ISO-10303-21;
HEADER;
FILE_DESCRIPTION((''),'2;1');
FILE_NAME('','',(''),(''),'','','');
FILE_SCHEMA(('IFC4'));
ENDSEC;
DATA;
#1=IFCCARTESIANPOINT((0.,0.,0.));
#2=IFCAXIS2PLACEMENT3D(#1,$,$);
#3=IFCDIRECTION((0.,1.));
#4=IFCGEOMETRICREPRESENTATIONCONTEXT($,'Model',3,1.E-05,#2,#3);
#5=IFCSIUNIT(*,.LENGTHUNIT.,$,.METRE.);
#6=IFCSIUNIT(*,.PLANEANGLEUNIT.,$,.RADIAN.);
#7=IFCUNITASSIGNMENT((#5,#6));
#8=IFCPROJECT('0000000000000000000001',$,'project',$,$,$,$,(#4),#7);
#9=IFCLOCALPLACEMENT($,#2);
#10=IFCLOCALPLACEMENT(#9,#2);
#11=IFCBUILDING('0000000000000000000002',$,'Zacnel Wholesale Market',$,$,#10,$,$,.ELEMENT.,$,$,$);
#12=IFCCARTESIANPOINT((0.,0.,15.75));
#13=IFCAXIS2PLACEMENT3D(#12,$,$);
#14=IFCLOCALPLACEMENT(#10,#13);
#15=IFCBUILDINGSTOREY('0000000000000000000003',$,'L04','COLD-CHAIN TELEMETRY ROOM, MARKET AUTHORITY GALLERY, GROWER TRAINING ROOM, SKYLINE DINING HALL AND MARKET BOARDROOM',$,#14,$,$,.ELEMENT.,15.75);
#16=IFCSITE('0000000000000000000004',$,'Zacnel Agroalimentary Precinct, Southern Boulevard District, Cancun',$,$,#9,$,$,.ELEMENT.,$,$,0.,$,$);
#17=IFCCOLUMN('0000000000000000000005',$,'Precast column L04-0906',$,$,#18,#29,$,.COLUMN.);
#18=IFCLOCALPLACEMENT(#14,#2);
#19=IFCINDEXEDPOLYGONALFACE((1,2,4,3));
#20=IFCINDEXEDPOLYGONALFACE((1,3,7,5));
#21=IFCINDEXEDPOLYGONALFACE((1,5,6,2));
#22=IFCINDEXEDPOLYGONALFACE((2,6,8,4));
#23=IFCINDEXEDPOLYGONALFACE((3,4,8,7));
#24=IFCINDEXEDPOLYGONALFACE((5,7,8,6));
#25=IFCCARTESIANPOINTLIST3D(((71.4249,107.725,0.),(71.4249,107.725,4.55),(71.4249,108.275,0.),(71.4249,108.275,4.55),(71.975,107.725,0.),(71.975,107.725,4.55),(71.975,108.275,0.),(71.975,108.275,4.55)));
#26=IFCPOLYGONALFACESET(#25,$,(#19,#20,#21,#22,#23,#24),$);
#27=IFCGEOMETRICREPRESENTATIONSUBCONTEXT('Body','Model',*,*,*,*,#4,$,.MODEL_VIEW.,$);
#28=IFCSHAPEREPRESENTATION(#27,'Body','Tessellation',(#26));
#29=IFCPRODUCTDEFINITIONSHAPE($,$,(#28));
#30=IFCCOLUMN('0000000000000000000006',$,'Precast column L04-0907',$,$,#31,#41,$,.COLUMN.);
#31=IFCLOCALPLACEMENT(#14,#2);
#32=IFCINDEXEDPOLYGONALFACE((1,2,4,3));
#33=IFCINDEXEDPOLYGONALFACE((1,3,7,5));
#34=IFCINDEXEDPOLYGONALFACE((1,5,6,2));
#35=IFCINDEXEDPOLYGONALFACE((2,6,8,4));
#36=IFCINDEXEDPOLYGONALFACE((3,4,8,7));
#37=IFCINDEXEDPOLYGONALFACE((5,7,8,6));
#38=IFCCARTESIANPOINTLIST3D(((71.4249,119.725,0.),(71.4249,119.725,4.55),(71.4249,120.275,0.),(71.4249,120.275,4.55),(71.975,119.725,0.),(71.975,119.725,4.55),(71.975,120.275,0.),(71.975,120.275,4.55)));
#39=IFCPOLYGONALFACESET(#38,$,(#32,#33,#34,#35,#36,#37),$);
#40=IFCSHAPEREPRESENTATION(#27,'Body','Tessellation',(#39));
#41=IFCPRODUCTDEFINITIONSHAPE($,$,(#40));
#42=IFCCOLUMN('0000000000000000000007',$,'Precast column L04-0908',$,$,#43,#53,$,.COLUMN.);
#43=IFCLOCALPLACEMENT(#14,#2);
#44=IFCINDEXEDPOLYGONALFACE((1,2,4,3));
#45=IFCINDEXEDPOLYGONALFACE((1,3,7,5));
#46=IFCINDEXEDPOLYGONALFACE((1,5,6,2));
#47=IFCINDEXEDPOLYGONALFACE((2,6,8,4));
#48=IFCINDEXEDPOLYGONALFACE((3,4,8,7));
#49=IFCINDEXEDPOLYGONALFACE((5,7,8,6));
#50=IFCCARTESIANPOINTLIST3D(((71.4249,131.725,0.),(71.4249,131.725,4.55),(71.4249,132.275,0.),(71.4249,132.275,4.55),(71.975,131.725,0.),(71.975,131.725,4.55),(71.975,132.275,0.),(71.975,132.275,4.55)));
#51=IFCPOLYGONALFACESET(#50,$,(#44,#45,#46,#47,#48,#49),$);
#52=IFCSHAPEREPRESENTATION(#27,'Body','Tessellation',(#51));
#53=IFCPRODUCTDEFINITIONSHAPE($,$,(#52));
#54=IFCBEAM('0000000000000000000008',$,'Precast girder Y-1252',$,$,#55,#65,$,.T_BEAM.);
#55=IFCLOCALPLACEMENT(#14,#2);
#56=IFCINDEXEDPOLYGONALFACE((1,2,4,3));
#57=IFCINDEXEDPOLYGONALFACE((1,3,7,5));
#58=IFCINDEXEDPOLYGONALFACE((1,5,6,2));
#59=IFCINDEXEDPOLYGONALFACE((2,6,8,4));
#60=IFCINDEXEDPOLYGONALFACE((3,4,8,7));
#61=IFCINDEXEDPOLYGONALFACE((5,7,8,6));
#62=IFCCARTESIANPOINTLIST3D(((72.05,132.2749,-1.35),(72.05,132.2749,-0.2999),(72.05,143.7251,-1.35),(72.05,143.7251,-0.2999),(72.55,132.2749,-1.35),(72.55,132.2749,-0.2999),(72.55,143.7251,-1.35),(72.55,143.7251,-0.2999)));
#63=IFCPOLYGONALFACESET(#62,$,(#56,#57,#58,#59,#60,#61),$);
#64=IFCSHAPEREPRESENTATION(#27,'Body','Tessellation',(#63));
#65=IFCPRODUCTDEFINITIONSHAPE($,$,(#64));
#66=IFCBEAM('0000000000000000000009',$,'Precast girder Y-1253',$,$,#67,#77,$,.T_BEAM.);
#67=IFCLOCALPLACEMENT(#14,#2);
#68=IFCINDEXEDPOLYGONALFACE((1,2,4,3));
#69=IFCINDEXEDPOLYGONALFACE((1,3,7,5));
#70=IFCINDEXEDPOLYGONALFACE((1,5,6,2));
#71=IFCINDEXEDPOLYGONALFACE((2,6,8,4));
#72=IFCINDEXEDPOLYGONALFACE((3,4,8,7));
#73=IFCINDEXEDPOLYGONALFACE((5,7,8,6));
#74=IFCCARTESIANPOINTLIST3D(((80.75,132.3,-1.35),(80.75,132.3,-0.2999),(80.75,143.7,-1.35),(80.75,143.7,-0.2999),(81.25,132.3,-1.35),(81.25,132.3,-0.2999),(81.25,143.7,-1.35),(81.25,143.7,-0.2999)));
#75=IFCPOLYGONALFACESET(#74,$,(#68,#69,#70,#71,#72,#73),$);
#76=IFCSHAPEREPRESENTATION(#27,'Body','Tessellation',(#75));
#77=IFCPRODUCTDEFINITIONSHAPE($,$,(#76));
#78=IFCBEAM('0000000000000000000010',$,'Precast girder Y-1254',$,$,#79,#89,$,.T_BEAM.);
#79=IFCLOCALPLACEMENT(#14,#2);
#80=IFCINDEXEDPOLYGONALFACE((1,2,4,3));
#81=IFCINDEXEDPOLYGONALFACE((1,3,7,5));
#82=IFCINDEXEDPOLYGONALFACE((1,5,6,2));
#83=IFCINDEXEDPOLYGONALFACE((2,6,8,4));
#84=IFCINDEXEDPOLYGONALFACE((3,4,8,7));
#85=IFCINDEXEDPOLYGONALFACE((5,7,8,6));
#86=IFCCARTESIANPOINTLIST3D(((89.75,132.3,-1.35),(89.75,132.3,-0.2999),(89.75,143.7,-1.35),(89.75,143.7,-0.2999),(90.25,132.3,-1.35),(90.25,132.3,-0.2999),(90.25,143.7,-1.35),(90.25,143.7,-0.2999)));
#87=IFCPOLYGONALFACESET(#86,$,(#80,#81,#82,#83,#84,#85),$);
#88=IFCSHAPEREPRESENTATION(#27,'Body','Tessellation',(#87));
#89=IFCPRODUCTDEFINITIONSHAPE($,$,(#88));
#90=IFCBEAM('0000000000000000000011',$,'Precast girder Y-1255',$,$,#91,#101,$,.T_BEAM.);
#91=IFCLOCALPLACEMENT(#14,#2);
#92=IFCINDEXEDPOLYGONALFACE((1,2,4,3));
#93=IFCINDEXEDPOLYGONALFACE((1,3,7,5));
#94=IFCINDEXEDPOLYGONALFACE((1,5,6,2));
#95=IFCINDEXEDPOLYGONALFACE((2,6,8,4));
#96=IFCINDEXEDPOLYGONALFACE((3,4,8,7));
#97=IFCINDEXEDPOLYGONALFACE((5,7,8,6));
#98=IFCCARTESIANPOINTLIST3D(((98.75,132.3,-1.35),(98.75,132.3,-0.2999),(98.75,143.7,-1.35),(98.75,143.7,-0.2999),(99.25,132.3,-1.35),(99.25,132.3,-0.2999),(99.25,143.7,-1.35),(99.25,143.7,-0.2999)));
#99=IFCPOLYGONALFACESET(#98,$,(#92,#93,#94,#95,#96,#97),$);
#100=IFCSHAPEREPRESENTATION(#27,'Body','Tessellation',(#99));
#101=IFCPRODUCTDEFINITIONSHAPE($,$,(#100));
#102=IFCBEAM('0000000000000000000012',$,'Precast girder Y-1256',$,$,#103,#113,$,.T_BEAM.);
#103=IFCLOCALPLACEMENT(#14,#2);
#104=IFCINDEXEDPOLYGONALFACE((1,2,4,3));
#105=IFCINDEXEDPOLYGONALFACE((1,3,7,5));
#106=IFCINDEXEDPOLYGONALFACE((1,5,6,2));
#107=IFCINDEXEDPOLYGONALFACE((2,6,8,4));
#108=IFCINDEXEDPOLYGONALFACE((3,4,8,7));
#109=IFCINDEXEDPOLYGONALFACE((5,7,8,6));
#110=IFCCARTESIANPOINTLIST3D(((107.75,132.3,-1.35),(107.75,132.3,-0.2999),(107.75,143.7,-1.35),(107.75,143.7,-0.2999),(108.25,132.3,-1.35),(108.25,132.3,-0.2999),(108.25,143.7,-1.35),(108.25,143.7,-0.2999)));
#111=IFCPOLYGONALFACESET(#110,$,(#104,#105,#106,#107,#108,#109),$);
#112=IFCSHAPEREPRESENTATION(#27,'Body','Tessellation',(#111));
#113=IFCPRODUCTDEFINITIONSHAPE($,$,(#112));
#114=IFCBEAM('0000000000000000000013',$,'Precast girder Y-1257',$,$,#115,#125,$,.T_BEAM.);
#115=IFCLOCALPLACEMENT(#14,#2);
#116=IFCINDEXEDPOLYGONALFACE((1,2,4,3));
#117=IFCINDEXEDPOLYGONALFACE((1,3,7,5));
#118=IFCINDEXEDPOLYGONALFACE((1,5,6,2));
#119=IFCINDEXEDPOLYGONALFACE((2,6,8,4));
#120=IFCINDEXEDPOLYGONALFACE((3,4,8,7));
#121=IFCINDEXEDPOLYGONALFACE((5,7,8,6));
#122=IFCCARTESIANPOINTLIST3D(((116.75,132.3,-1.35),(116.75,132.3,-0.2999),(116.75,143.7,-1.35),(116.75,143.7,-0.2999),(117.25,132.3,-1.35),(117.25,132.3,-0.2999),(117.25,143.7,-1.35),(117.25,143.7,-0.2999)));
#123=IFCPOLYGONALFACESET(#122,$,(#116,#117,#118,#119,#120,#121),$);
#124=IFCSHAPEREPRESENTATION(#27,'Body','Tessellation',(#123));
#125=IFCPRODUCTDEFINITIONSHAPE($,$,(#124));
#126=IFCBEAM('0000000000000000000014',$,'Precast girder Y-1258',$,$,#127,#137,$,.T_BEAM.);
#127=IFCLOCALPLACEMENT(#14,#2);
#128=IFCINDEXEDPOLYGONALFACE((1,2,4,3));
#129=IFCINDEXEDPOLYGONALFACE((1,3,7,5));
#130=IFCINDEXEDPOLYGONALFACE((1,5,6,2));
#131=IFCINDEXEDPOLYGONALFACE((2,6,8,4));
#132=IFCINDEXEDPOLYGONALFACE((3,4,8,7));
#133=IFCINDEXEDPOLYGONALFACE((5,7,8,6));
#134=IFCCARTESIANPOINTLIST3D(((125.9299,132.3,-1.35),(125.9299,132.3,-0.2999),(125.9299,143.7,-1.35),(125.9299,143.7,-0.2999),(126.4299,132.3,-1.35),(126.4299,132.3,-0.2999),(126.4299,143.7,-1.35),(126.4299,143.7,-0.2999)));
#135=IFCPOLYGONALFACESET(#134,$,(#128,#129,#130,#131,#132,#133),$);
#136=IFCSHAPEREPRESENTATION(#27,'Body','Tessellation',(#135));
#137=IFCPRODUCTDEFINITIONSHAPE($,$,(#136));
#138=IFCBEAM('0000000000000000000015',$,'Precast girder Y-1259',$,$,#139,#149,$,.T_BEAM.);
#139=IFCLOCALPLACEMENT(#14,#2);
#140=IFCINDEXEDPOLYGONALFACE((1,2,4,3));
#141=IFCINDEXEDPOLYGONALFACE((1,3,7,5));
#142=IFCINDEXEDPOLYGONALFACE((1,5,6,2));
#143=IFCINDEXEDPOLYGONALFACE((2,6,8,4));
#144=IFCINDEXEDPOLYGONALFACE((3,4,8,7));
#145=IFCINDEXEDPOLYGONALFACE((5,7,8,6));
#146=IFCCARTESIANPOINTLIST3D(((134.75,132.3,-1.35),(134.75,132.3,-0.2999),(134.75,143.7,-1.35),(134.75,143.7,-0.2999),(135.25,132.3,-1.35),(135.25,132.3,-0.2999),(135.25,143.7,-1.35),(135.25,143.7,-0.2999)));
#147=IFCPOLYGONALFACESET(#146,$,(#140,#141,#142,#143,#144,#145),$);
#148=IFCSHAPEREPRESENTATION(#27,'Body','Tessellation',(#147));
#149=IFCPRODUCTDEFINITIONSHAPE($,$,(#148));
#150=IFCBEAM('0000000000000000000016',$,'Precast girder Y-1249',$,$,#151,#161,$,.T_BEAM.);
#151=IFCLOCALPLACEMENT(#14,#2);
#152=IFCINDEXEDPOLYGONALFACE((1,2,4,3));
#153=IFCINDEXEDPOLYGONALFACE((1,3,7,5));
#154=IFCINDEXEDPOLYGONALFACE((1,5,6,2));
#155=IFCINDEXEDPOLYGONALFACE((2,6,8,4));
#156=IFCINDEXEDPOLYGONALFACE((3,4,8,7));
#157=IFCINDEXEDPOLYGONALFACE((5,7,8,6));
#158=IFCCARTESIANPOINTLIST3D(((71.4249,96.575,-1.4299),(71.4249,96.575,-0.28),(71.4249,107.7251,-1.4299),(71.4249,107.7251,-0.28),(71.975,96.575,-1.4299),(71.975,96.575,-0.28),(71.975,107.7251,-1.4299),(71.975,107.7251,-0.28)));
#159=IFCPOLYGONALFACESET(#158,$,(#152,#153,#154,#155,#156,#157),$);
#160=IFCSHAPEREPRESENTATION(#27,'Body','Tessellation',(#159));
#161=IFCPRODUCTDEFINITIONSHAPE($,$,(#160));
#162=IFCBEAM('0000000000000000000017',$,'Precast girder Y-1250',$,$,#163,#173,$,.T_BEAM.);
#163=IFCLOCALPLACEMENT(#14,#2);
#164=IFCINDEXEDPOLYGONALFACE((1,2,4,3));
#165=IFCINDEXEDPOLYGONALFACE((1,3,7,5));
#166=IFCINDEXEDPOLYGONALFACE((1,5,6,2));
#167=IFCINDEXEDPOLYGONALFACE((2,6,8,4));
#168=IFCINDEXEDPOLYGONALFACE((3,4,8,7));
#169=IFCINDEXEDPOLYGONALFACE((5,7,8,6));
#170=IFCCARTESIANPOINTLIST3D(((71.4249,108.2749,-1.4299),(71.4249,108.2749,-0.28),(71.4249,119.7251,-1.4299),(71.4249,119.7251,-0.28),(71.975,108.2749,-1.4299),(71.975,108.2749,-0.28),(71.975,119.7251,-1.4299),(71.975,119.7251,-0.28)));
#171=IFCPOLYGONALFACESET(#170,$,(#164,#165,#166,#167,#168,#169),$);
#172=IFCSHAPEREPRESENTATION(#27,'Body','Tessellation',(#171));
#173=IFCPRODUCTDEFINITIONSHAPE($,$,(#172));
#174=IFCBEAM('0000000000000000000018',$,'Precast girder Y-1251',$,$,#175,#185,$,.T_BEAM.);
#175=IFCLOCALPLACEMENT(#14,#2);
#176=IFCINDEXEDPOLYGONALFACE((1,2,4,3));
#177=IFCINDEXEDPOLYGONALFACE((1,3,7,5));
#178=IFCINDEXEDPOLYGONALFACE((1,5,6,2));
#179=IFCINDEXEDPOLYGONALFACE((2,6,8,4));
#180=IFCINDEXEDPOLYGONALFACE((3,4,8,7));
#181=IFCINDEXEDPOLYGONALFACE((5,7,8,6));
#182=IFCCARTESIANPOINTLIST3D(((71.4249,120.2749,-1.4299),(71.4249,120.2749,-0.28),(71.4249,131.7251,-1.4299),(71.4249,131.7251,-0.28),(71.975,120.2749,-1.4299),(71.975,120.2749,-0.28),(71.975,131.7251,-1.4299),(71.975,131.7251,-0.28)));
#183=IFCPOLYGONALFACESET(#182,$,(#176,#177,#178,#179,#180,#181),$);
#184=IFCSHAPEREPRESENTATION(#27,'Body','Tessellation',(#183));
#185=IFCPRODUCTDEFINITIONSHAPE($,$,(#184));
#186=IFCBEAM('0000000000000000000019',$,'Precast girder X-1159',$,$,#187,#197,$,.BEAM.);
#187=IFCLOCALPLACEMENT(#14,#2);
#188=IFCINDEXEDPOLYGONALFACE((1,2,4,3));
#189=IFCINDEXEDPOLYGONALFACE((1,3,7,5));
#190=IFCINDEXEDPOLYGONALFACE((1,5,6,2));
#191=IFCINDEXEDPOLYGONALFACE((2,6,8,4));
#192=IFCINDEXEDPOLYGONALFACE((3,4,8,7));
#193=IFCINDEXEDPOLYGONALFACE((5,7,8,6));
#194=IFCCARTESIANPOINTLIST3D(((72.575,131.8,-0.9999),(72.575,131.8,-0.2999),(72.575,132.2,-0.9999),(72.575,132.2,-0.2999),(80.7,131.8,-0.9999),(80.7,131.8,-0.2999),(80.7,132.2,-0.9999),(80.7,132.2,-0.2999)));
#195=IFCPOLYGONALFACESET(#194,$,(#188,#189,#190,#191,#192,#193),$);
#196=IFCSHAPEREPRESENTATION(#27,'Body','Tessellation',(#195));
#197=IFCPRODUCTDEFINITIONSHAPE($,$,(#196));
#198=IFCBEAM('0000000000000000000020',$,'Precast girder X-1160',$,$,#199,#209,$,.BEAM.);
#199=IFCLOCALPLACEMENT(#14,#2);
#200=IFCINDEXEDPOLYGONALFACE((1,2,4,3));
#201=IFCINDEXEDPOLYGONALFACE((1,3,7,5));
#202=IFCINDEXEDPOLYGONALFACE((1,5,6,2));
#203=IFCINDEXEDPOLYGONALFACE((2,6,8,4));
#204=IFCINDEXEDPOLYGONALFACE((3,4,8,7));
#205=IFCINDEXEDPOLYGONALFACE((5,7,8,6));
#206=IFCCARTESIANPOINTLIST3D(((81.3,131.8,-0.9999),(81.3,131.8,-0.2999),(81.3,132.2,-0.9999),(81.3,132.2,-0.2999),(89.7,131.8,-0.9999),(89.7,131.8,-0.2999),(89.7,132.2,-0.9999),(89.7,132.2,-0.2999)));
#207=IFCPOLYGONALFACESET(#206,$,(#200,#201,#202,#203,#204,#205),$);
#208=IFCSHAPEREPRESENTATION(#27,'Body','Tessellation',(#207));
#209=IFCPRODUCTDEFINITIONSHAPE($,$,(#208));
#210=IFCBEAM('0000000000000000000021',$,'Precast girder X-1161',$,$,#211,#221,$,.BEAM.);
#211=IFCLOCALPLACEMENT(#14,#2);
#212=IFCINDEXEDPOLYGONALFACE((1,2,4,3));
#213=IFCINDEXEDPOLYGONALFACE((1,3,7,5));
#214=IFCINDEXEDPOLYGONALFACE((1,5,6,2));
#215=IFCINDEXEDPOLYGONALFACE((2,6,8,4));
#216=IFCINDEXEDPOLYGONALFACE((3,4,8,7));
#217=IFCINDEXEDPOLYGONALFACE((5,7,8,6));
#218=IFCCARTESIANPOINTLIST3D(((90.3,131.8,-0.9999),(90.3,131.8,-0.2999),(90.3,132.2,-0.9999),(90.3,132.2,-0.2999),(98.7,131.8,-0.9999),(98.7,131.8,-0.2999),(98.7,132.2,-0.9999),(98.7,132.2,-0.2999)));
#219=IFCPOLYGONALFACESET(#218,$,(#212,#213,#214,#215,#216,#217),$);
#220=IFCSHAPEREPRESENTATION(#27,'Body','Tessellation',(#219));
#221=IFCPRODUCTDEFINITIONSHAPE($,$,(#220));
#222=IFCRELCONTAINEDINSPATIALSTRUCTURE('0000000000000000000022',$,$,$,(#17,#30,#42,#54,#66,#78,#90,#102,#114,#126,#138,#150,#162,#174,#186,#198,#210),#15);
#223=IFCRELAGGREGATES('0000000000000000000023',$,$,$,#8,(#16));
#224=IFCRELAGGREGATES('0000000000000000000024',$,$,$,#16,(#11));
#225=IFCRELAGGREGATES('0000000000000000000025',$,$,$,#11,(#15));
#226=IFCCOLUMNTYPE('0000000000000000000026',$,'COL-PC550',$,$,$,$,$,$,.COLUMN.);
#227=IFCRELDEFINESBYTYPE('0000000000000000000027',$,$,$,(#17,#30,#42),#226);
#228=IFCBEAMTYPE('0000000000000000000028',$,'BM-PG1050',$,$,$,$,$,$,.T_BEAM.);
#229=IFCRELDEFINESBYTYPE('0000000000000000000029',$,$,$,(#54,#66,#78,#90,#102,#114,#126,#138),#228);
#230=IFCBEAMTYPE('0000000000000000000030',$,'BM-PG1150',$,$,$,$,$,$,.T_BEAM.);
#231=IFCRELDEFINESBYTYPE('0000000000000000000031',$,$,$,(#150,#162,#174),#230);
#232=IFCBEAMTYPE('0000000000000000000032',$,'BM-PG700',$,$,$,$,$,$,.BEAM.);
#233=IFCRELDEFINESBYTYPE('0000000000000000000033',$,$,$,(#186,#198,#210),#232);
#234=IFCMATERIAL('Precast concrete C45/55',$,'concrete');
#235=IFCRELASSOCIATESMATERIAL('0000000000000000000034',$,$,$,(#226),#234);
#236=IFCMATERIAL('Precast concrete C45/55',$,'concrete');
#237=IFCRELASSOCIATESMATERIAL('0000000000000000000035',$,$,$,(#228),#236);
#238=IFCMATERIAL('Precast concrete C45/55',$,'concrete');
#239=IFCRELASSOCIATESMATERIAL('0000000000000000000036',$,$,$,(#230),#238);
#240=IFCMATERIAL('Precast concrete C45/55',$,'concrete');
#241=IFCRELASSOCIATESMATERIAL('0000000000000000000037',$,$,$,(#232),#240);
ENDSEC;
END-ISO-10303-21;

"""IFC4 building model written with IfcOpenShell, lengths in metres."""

from ifc_helpers import new_model, si_unit, direction, frame, origin, origin_2d, place, context, subcontext, project, spatial, rectangle, extrude, material, material_profile, profile_set, type_object, element, save


model = new_model("IFC4")

# Units and contexts
model_context = context("Model", 3, precision=1e-05, world=origin(), true_north=direction((0.0, 1.0)))
body_context = subcontext(model_context, "Body", "Model", "MODEL_VIEW")
ifc_project = project(units=[si_unit("LENGTHUNIT", "METRE"), si_unit("PLANEANGLEUNIT", "RADIAN")], contexts=[model_context])

# Site, building, storey
site_placement = place(None, origin())
site = spatial("IfcSite", under=ifc_project, at=site_placement, Name="Zacnel Agroalimentary Precinct, Southern Boulevard District, Cancun", CompositionType="ELEMENT", RefElevation=0.0)
building_placement = place(site_placement, origin())
building = spatial("IfcBuilding", under=site, at=building_placement, Name="Zacnel Wholesale Market", CompositionType="ELEMENT")
storey_placement = place(building_placement, frame((0.0, 0.0, 15.75)))
storey = spatial("IfcBuildingStorey", under=building, at=storey_placement, Name="L04", Description="COLD-CHAIN TELEMETRY ROOM, MARKET AUTHORITY GALLERY, GROWER TRAINING ROOM, SKYLINE DINING HALL AND MARKET BOARDROOM", CompositionType="ELEMENT", Elevation=15.75)

# Columns
ifc_material_1 = material(Name="Precast concrete C45/55", Category="concrete")
ifc_material_profile_1 = material_profile(ifc_material_1, rectangle(XDim=0.55, YDim=0.55, at=origin_2d()), Name="PC 550x550")
ifc_profile_set_1 = profile_set([ifc_material_profile_1], Name="Precast concrete C45/55")
column_type = type_object("IfcColumnType", Name="COL-PC550", PredefinedType="COLUMN", material=ifc_profile_set_1)
for number, where, z_axis, x_axis, name in (
    (1, (71.7, 108.0, 0.0), (0.0, 0.0, 1.0), (1.0, 0.0, 0.0), "Precast column L04-0906"),
    (2, (71.7, 120.0, 0.0), (0.0, 0.0, 1.0), (1.0, 0.0, 0.0), "Precast column L04-0907"),
    (3, (71.7, 132.0, 0.0), (0.0, 0.0, 1.0), (1.0, 0.0, 0.0), "Precast column L04-0908"),
):
    element("IfcColumn", number, at=place(storey_placement, frame(where, z_axis=z_axis, x_axis=x_axis)), inside=storey, type_object=column_type, Name=name, PredefinedType="COLUMN", context=body_context, shape_type="SweptSolid", body=[
        extrude(rectangle(XDim=0.55, YDim=0.55, at=origin_2d()), origin(), (0.0, 0.0, 1.0), 4.55),
    ])

# Beams
ifc_material_2 = material(Name="Precast concrete C45/55", Category="concrete")
ifc_material_profile_2 = material_profile(ifc_material_2, rectangle(XDim=0.5, YDim=1.05, at=origin_2d()), Name="PG 500x1050")
ifc_profile_set_2 = profile_set([ifc_material_profile_2], Name="Precast concrete C45/55")
beam_type_1 = type_object("IfcBeamType", Name="BM-PG1050", PredefinedType="T_BEAM", material=ifc_profile_set_2)
beam_1_placement = place(storey_placement, frame((72.3, 132.2749, -0.825), z_axis=(0.0, 1.0, 0.0), x_axis=(-1.0, 0.0, 0.0)))
element("IfcBeam", 4, at=beam_1_placement, inside=storey, type_object=beam_type_1, Name="Precast girder Y-1252", PredefinedType="T_BEAM", context=body_context, shape_type="SweptSolid", body=[
    extrude(rectangle(XDim=0.5, YDim=1.05, at=origin_2d()), origin(), (0.0, 0.0, 1.0), 11.4502),
])
for number, where, z_axis, x_axis, name in (
    (5, (81.0, 132.3, -0.825), (0.0, 1.0, 0.0), (-1.0, 0.0, 0.0), "Precast girder Y-1253"),
    (6, (90.0, 132.3, -0.825), (0.0, 1.0, 0.0), (-1.0, 0.0, 0.0), "Precast girder Y-1254"),
    (7, (99.0, 132.3, -0.825), (0.0, 1.0, 0.0), (-1.0, 0.0, 0.0), "Precast girder Y-1255"),
    (8, (108.0, 132.3, -0.825), (0.0, 1.0, 0.0), (-1.0, 0.0, 0.0), "Precast girder Y-1256"),
    (9, (117.0, 132.3, -0.825), (0.0, 1.0, 0.0), (-1.0, 0.0, 0.0), "Precast girder Y-1257"),
    (10, (126.1799, 132.3, -0.825), (0.0, 1.0, 0.0), (-1.0, 0.0, 0.0), "Precast girder Y-1258"),
    (11, (135.0, 132.3, -0.825), (0.0, 1.0, 0.0), (-1.0, 0.0, 0.0), "Precast girder Y-1259"),
):
    element("IfcBeam", number, at=place(storey_placement, frame(where, z_axis=z_axis, x_axis=x_axis)), inside=storey, type_object=beam_type_1, Name=name, PredefinedType="T_BEAM", context=body_context, shape_type="SweptSolid", body=[
        extrude(rectangle(XDim=0.5, YDim=1.05, at=origin_2d()), origin(), (0.0, 0.0, 1.0), 11.3999),
    ])
ifc_material_3 = material(Name="Precast concrete C45/55", Category="concrete")
ifc_material_profile_3 = material_profile(ifc_material_3, rectangle(XDim=0.55, YDim=1.1499, at=origin_2d()), Name="PG 550x1150")
ifc_profile_set_3 = profile_set([ifc_material_profile_3], Name="Precast concrete C45/55")
beam_type_2 = type_object("IfcBeamType", Name="BM-PG1150", PredefinedType="T_BEAM", material=ifc_profile_set_3)
beam_2_placement = place(storey_placement, frame((71.7, 96.575, -0.855), z_axis=(0.0, 1.0, 0.0), x_axis=(-1.0, 0.0, 0.0)))
element("IfcBeam", 12, at=beam_2_placement, inside=storey, type_object=beam_type_2, Name="Precast girder Y-1249", PredefinedType="T_BEAM", context=body_context, shape_type="SweptSolid", body=[
    extrude(rectangle(XDim=0.55, YDim=1.1499, at=origin_2d()), origin(), (0.0, 0.0, 1.0), 11.1501),
])
for number, where, z_axis, x_axis, name in (
    (13, (71.7, 108.2749, -0.855), (0.0, 1.0, 0.0), (-1.0, 0.0, 0.0), "Precast girder Y-1250"),
    (14, (71.7, 120.2749, -0.855), (0.0, 1.0, 0.0), (-1.0, 0.0, 0.0), "Precast girder Y-1251"),
):
    element("IfcBeam", number, at=place(storey_placement, frame(where, z_axis=z_axis, x_axis=x_axis)), inside=storey, type_object=beam_type_2, Name=name, PredefinedType="T_BEAM", context=body_context, shape_type="SweptSolid", body=[
        extrude(rectangle(XDim=0.55, YDim=1.1499, at=origin_2d()), origin(), (0.0, 0.0, 1.0), 11.4502),
    ])
ifc_material_4 = material(Name="Precast concrete C45/55", Category="concrete")
ifc_material_profile_4 = material_profile(ifc_material_4, rectangle(XDim=0.3999, YDim=0.7, at=origin_2d()), Name="PG 400x700")
ifc_profile_set_4 = profile_set([ifc_material_profile_4], Name="Precast concrete C45/55")
beam_type_3 = type_object("IfcBeamType", Name="BM-PG700", PredefinedType="BEAM", material=ifc_profile_set_4)
beam_3_placement = place(storey_placement, frame((72.575, 132.0, -0.6499), z_axis=(1.0, 0.0, 0.0), x_axis=(0.0, 1.0, 0.0)))
element("IfcBeam", 15, at=beam_3_placement, inside=storey, type_object=beam_type_3, Name="Precast girder X-1159", PredefinedType="BEAM", context=body_context, shape_type="SweptSolid", body=[
    extrude(rectangle(XDim=0.3999, YDim=0.7, at=origin_2d()), origin(), (0.0, 0.0, 1.0), 8.125),
])
for number, where, z_axis, x_axis, name in (
    (16, (81.3, 132.0, -0.6499), (1.0, 0.0, 0.0), (0.0, 1.0, 0.0), "Precast girder X-1160"),
    (17, (90.3, 132.0, -0.6499), (1.0, 0.0, 0.0), (0.0, 1.0, 0.0), "Precast girder X-1161"),
):
    element("IfcBeam", number, at=place(storey_placement, frame(where, z_axis=z_axis, x_axis=x_axis)), inside=storey, type_object=beam_type_3, Name=name, PredefinedType="BEAM", context=body_context, shape_type="SweptSolid", body=[
        extrude(rectangle(XDim=0.3999, YDim=0.7, at=origin_2d()), origin(), (0.0, 0.0, 1.0), 8.3999),
    ])

save(model, "model.ifc")
